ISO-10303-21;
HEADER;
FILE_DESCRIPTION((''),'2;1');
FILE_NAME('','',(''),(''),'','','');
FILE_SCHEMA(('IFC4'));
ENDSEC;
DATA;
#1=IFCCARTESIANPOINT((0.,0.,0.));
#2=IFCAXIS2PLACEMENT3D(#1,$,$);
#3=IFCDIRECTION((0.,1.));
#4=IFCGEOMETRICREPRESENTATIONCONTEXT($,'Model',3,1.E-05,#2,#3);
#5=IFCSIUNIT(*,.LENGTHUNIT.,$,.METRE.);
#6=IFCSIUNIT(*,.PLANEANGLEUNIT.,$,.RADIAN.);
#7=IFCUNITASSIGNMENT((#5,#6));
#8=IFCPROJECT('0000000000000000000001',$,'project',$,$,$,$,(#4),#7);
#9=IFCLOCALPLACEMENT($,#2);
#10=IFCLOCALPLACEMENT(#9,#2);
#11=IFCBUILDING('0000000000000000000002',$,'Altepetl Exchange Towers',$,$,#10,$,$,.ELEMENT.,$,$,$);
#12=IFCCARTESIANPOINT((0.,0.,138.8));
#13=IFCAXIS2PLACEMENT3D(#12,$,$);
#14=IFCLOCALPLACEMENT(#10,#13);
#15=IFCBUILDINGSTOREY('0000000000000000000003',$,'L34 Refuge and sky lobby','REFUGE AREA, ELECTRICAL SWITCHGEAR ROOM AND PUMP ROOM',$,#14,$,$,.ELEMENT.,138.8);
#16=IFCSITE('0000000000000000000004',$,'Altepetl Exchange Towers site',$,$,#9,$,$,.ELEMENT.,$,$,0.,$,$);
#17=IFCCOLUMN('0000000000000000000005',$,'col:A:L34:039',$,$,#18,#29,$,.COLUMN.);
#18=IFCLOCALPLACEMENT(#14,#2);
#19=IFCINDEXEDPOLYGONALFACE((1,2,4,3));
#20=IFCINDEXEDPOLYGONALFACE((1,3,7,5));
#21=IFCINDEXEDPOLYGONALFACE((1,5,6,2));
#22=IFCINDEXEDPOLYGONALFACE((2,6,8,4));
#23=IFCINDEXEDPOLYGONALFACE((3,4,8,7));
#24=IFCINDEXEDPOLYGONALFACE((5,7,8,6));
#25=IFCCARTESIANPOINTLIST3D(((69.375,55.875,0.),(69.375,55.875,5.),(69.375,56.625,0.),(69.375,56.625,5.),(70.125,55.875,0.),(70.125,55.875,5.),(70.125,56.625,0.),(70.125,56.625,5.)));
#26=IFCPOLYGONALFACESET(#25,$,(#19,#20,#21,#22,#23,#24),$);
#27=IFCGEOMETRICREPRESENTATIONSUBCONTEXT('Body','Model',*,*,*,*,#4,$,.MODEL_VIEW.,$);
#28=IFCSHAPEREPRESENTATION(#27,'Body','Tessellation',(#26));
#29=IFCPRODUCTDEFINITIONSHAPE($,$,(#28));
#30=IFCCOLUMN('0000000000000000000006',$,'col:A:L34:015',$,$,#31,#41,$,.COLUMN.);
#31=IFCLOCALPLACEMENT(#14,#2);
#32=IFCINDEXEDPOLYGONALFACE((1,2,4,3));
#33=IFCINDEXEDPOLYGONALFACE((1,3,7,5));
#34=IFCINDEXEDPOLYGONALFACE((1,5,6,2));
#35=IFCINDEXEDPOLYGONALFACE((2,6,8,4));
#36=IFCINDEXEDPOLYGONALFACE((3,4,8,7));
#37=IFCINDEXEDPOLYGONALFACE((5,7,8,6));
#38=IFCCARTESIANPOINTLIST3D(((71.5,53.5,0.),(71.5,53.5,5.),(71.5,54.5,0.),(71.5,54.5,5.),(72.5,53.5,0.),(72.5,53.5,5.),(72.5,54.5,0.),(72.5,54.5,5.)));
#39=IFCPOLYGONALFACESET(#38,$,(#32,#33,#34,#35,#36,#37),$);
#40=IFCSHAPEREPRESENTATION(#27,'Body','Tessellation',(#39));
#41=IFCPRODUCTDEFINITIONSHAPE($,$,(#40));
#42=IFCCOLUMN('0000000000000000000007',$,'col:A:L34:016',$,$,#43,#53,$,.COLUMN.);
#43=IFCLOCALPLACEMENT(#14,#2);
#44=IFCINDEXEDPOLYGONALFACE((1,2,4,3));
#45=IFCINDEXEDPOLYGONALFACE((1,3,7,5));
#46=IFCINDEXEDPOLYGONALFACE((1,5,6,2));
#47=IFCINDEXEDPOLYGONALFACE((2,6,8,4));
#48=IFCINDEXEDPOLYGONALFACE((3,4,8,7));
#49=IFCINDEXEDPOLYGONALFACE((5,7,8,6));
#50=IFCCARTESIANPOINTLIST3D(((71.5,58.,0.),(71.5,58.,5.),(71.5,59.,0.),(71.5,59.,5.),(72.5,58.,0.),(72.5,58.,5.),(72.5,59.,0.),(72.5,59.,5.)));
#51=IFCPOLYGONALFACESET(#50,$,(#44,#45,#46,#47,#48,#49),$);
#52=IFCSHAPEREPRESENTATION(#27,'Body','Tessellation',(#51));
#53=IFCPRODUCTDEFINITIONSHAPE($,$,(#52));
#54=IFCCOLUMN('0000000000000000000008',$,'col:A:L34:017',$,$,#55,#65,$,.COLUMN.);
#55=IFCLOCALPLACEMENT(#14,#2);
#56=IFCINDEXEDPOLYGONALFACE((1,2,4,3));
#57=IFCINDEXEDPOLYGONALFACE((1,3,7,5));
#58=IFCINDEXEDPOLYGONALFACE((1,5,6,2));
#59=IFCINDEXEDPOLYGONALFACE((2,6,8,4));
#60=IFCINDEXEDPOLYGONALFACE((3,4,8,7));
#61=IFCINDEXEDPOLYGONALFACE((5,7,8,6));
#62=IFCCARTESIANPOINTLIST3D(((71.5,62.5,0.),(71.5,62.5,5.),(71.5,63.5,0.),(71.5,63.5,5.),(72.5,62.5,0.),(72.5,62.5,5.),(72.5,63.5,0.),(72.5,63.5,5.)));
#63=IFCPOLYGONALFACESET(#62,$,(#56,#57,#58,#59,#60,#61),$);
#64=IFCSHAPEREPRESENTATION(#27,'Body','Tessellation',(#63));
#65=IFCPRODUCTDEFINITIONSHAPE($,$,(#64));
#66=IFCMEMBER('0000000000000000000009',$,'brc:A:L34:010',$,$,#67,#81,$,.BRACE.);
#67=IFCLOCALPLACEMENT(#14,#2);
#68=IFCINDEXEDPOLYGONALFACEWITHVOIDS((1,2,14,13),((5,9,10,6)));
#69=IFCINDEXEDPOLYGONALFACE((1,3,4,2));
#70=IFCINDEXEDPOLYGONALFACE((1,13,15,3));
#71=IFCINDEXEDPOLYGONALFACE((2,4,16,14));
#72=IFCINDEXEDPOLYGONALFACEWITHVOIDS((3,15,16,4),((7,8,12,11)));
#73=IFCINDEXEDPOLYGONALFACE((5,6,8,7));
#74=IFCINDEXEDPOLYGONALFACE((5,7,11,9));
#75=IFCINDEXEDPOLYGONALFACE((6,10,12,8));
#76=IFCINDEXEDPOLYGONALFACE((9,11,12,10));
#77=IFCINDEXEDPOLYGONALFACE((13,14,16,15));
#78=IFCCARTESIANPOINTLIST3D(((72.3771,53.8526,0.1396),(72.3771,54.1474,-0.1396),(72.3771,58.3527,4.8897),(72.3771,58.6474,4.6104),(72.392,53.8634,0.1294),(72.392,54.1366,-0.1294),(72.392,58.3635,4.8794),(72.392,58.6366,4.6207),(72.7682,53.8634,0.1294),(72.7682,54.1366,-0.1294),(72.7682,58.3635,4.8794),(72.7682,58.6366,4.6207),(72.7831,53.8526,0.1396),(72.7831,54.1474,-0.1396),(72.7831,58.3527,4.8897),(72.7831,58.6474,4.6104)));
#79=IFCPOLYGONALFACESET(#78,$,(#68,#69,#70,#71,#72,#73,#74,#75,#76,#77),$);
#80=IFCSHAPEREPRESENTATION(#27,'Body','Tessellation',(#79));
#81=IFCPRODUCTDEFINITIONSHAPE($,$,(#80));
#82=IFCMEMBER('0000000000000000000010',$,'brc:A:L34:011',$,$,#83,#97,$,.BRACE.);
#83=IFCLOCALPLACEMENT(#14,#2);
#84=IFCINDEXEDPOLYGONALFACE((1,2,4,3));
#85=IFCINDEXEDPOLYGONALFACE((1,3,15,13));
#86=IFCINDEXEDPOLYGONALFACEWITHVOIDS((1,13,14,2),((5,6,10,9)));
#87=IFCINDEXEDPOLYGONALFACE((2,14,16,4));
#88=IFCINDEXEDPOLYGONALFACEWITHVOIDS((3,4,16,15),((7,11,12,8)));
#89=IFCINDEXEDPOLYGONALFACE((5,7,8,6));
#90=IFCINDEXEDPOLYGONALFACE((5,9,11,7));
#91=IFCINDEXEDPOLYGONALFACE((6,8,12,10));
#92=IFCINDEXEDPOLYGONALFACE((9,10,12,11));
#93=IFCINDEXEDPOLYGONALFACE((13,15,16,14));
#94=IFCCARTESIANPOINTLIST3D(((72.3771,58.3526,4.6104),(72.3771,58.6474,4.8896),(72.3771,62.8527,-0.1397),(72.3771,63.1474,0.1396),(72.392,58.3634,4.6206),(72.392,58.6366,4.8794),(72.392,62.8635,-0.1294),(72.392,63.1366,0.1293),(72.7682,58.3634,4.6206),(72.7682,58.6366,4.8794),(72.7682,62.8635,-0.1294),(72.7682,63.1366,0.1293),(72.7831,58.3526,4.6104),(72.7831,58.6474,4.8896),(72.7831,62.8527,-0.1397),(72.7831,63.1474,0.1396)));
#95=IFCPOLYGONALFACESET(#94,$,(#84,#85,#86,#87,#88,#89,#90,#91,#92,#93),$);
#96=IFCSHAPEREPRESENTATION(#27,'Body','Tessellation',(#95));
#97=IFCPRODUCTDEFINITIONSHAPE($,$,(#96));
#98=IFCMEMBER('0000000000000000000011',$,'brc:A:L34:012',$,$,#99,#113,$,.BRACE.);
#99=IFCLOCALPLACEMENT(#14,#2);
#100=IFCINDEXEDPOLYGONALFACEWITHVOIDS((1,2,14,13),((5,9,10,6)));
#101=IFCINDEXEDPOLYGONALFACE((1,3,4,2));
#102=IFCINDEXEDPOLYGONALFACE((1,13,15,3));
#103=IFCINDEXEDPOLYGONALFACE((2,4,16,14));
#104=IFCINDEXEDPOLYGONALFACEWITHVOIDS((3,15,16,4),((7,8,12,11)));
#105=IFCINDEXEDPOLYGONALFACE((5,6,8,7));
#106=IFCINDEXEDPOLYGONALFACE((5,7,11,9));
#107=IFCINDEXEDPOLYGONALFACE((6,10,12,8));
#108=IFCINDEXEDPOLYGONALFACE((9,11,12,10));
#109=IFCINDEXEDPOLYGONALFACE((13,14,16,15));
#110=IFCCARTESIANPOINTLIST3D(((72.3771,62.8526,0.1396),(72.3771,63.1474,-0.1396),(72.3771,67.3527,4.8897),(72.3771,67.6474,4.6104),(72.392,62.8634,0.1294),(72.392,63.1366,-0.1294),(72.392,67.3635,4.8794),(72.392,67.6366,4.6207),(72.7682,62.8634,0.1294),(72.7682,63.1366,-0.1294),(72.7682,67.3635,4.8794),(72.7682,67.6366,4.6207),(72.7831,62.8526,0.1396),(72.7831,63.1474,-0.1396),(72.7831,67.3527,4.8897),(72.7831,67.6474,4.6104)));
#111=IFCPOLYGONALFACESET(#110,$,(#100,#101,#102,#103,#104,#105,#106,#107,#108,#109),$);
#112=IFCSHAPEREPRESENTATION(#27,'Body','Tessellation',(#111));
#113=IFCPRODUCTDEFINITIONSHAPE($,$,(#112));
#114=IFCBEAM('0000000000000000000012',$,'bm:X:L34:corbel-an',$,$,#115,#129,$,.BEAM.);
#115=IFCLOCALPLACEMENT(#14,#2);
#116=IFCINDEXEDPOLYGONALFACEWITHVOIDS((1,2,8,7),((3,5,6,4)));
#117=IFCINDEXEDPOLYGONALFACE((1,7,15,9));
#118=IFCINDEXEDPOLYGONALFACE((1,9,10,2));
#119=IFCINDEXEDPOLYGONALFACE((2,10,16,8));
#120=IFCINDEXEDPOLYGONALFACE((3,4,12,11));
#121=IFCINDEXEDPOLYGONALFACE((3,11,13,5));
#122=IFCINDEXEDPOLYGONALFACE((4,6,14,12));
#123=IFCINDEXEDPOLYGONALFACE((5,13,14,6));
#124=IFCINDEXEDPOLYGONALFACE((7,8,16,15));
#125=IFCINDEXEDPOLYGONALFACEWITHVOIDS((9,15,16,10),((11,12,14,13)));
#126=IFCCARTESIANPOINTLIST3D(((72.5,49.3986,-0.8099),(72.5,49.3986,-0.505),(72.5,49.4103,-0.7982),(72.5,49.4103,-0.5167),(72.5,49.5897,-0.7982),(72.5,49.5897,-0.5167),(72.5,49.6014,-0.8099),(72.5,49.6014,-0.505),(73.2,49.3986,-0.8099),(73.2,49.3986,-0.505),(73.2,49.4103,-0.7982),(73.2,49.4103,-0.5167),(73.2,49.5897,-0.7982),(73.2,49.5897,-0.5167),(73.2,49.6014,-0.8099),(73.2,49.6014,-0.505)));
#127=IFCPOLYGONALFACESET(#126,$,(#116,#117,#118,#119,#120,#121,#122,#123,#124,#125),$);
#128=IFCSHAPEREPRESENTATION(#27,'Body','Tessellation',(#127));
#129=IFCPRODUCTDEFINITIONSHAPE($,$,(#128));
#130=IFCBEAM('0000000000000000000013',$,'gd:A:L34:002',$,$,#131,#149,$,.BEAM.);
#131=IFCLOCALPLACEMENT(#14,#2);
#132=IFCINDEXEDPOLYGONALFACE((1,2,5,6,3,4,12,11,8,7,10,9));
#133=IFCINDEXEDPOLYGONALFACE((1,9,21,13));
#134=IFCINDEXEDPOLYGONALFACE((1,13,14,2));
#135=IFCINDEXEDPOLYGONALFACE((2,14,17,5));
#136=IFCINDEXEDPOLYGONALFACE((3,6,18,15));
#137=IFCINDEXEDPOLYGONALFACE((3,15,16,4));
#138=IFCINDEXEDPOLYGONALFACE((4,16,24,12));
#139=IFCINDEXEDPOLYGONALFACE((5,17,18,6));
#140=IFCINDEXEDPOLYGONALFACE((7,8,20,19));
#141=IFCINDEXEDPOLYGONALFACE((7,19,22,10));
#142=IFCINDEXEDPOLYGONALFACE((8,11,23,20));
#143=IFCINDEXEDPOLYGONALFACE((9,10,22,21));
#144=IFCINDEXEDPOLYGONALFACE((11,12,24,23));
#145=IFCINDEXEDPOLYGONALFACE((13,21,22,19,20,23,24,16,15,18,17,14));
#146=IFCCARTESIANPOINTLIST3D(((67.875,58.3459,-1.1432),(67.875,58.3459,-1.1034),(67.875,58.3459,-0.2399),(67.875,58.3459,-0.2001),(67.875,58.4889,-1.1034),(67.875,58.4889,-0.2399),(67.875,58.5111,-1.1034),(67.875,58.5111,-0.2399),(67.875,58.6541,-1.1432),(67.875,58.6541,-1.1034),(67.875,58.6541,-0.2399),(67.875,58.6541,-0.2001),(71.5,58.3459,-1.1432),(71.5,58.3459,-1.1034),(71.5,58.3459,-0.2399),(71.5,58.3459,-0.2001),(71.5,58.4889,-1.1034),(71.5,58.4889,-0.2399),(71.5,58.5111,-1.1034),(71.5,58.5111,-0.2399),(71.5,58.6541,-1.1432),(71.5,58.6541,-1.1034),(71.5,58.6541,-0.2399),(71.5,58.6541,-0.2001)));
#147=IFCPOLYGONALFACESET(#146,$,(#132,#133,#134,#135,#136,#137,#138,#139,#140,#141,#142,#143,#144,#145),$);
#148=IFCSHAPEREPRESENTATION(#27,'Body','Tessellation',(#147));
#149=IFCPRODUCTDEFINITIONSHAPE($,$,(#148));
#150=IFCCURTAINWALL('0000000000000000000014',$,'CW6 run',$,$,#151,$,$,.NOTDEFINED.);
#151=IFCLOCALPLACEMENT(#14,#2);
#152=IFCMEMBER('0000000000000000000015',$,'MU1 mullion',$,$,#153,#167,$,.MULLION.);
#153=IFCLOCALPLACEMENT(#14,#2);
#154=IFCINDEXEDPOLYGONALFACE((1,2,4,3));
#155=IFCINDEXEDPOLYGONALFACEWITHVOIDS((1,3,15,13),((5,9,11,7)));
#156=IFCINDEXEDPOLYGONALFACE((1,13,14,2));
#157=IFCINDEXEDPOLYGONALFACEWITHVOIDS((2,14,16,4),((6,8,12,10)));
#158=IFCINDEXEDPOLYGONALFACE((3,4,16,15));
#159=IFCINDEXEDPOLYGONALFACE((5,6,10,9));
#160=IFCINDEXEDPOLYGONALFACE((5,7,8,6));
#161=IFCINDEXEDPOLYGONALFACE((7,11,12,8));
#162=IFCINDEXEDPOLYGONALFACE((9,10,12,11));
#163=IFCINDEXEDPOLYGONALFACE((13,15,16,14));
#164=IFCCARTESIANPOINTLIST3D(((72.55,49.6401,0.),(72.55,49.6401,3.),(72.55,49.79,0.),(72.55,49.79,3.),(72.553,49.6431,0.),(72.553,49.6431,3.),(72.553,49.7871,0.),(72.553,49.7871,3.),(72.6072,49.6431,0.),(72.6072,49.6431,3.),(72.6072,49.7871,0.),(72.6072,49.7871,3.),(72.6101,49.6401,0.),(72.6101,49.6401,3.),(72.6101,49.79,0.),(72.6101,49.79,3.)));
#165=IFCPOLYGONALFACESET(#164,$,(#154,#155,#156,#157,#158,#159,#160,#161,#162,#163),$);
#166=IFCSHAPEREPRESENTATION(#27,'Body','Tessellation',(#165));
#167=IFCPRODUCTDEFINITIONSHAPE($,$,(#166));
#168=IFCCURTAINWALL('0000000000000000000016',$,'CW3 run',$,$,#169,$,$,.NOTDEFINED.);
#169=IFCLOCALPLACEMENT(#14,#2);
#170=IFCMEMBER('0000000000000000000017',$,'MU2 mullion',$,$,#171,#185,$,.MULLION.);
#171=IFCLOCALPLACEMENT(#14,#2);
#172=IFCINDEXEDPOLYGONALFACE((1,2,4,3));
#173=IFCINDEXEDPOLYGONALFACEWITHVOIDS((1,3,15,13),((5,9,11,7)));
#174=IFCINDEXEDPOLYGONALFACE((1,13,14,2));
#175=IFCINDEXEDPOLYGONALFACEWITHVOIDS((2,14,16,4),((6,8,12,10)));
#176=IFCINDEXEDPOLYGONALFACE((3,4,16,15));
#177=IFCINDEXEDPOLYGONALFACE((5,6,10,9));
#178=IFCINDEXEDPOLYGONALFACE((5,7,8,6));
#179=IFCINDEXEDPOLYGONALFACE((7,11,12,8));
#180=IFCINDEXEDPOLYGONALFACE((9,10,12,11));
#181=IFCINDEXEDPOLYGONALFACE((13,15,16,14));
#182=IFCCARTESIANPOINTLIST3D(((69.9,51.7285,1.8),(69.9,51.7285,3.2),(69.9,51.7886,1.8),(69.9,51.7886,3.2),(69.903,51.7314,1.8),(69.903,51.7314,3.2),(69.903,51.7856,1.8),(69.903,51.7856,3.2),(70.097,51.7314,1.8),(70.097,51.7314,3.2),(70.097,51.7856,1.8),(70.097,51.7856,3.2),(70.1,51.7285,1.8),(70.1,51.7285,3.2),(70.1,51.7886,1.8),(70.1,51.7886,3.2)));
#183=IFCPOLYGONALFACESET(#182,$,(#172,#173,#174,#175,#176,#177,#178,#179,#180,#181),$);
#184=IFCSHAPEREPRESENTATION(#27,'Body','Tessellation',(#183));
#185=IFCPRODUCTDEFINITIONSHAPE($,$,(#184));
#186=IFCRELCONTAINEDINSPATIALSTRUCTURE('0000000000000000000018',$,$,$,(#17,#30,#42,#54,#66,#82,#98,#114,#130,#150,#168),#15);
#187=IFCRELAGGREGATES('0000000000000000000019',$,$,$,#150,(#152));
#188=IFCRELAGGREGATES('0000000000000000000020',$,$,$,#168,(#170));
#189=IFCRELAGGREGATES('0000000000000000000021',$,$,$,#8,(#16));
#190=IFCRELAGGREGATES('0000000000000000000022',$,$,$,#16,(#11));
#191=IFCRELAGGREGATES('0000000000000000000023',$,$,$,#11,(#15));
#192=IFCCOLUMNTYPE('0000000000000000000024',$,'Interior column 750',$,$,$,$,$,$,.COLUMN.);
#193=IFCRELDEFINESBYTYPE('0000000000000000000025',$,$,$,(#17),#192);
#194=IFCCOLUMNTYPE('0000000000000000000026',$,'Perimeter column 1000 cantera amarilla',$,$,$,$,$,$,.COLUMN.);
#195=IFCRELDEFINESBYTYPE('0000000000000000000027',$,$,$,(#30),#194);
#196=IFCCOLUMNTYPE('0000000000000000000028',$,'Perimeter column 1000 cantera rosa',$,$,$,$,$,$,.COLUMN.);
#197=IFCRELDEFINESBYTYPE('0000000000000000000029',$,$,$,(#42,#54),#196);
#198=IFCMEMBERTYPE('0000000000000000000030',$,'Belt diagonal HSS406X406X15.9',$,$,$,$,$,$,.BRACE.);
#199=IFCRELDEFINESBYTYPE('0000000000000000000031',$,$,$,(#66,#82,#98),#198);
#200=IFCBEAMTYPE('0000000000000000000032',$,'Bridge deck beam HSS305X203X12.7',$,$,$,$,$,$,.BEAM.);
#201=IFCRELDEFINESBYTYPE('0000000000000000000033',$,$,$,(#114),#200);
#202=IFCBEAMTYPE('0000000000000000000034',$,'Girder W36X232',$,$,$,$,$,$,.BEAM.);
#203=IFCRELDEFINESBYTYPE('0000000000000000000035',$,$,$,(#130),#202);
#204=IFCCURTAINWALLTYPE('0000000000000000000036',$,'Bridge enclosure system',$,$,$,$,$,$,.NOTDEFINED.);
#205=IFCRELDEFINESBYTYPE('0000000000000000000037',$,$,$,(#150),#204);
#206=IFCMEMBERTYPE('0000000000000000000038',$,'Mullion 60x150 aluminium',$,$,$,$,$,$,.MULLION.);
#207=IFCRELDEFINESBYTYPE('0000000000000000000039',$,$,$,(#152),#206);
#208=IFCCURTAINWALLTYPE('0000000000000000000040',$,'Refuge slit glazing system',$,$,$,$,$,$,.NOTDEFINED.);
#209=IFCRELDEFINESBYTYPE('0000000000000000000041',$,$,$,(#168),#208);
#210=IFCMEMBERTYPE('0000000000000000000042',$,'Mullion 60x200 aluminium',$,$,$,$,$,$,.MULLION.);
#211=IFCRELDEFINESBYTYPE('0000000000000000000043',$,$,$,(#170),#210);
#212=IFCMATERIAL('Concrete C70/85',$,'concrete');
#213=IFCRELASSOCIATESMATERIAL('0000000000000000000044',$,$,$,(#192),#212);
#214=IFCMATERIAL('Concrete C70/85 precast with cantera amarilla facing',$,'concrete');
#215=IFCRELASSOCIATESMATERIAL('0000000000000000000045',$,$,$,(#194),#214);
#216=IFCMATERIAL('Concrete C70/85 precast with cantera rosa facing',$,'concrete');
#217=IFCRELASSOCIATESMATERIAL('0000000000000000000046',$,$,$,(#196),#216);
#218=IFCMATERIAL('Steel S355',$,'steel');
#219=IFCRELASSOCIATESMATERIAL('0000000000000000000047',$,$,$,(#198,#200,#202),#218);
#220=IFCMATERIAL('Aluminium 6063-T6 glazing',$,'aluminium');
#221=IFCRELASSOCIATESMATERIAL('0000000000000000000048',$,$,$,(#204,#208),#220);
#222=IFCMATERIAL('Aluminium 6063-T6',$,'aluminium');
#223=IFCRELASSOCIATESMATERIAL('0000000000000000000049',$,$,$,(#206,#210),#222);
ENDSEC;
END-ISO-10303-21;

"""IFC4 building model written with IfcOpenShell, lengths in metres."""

from ifc_helpers import new_model, si_unit, direction, frame, origin, origin_2d, place, context, subcontext, project, spatial, rectangle, hollow_rectangle, i_section, extrude, material, material_profile, profile_set, type_object, element, aggregate, save


model = new_model("IFC4")

# Units and contexts
model_context = context("Model", 3, precision=1e-05, world=origin(), true_north=direction((0.0, 1.0)))
body_context = subcontext(model_context, "Body", "Model", "MODEL_VIEW")
ifc_project = project(units=[si_unit("LENGTHUNIT", "METRE"), si_unit("PLANEANGLEUNIT", "RADIAN")], contexts=[model_context])

# Site, building, storey
site_placement = place(None, origin())
site = spatial("IfcSite", under=ifc_project, at=site_placement, Name="Altepetl Exchange Towers site", CompositionType="ELEMENT", RefElevation=0.0)
building_placement = place(site_placement, origin())
building = spatial("IfcBuilding", under=site, at=building_placement, Name="Altepetl Exchange Towers", CompositionType="ELEMENT")
storey_placement = place(building_placement, frame((0.0, 0.0, 138.8)))
storey = spatial("IfcBuildingStorey", under=building, at=storey_placement, Name="L34 Refuge and sky lobby", Description="REFUGE AREA, ELECTRICAL SWITCHGEAR ROOM AND PUMP ROOM", CompositionType="ELEMENT", Elevation=138.8)

# Columns
ifc_material_1 = material(Name="Concrete C70/85", Category="concrete")
ifc_material_profile_1 = material_profile(ifc_material_1, rectangle(XDim=0.75, YDim=0.75, at=origin_2d()), Name="750 x 750")
ifc_profile_set_1 = profile_set([ifc_material_profile_1], Name="Concrete C70/85")
column_type_1 = type_object("IfcColumnType", Name="Interior column 750", PredefinedType="COLUMN", material=ifc_profile_set_1)
column_1_placement = place(storey_placement, frame((69.75, 56.25, 0.0)))
element("IfcColumn", 1, at=column_1_placement, inside=storey, type_object=column_type_1, Name="col:A:L34:039", PredefinedType="COLUMN", context=body_context, shape_type="SweptSolid", body=[
    extrude(rectangle(XDim=0.75, YDim=0.75, at=origin_2d()), origin(), (0.0, 0.0, 1.0), 5.0),
])
ifc_material_2 = material(Name="Concrete C70/85 precast with cantera amarilla facing", Category="concrete")
ifc_material_profile_2 = material_profile(ifc_material_2, rectangle(XDim=1.0, YDim=1.0, at=origin_2d()), Name="1000 x 1000")
ifc_profile_set_2 = profile_set([ifc_material_profile_2], Name="Concrete C70/85 precast with cantera amarilla facing")
column_type_2 = type_object("IfcColumnType", Name="Perimeter column 1000 cantera amarilla", PredefinedType="COLUMN", material=ifc_profile_set_2)
column_2_placement = place(storey_placement, frame((72.0, 54.0, 0.0)))
element("IfcColumn", 2, at=column_2_placement, inside=storey, type_object=column_type_2, Name="col:A:L34:015", PredefinedType="COLUMN", context=body_context, shape_type="SweptSolid", body=[
    extrude(rectangle(XDim=1.0, YDim=1.0, at=origin_2d()), origin(), (0.0, 0.0, 1.0), 5.0),
])
ifc_material_3 = material(Name="Concrete C70/85 precast with cantera rosa facing", Category="concrete")
ifc_material_profile_3 = material_profile(ifc_material_3, rectangle(XDim=1.0, YDim=1.0, at=origin_2d()), Name="1000 x 1000")
ifc_profile_set_3 = profile_set([ifc_material_profile_3], Name="Concrete C70/85 precast with cantera rosa facing")
column_type_3 = type_object("IfcColumnType", Name="Perimeter column 1000 cantera rosa", PredefinedType="COLUMN", material=ifc_profile_set_3)
for number, where, name in (
    (3, (72.0, 58.5, 0.0), "col:A:L34:016"),
    (4, (72.0, 63.0, 0.0), "col:A:L34:017"),
):
    element("IfcColumn", number, at=place(storey_placement, frame(where)), inside=storey, type_object=column_type_3, Name=name, PredefinedType="COLUMN", context=body_context, shape_type="SweptSolid", body=[
        extrude(rectangle(XDim=1.0, YDim=1.0, at=origin_2d()), origin(), (0.0, 0.0, 1.0), 5.0),
    ])

# Members
ifc_material_4 = material(Name="Steel S355", Category="steel")
ifc_material_profile_4 = material_profile(ifc_material_4, hollow_rectangle(XDim=0.406, YDim=0.406, WallThickness=0.0149, at=origin_2d()), Name="HSS406X406X15.9")
ifc_profile_set_4 = profile_set([ifc_material_profile_4], Name="Steel S355")
member_type_1 = type_object("IfcMemberType", Name="Belt diagonal HSS406X406X15.9", PredefinedType="BRACE", material=ifc_profile_set_4)
for number, where, z_axis, x_axis, name in (
    (5, (72.5801, 54.0, 0.0), (0.0, 0.687745, 0.725953), (-1.0, 0.0, 0.0), "brc:A:L34:010"),
    (6, (72.5801, 58.5, 4.75), (0.0, 0.687745, -0.725953), (-1.0, 0.0, 0.0), "brc:A:L34:011"),
    (7, (72.5801, 63.0, 0.0), (0.0, 0.687745, 0.725953), (-1.0, 0.0, 0.0), "brc:A:L34:012"),
):
    element("IfcMember", number, at=place(storey_placement, frame(where, z_axis=z_axis, x_axis=x_axis)), inside=storey, type_object=member_type_1, Name=name, PredefinedType="BRACE", context=body_context, shape_type="SweptSolid", body=[
        extrude(hollow_rectangle(XDim=0.406, YDim=0.406, WallThickness=0.0149, at=origin_2d()), origin(), (0.0, 0.0, 1.0), 6.5432),
    ])

# Beams
ifc_material_profile_5 = material_profile(ifc_material_4, hollow_rectangle(XDim=0.2029, YDim=0.3049, WallThickness=0.0117, at=origin_2d()), Name="HSS305X203X12.7")
ifc_profile_set_5 = profile_set([ifc_material_profile_5], Name="Steel S355")
beam_type_1 = type_object("IfcBeamType", Name="Bridge deck beam HSS305X203X12.7", PredefinedType="BEAM", material=ifc_profile_set_5)
beam_1_placement = place(storey_placement, frame((72.5, 49.5, -0.6575), z_axis=(1.0, 0.0, 0.0), x_axis=(0.0, 1.0, 0.0)))
element("IfcBeam", 8, at=beam_1_placement, inside=storey, type_object=beam_type_1, Name="bm:X:L34:corbel-an", PredefinedType="BEAM", context=body_context, shape_type="SweptSolid", body=[
    extrude(hollow_rectangle(XDim=0.2029, YDim=0.3049, WallThickness=0.0117, at=origin_2d()), origin(), (0.0, 0.0, 1.0), 0.7),
])
ifc_material_profile_6 = material_profile(ifc_material_4, i_section(OverallWidth=0.3081, OverallDepth=0.9431, WebThickness=0.0222, FlangeThickness=0.0398, at=origin_2d()), Name="W36X232")
ifc_profile_set_6 = profile_set([ifc_material_profile_6], Name="Steel S355")
beam_type_2 = type_object("IfcBeamType", Name="Girder W36X232", PredefinedType="BEAM", material=ifc_profile_set_6)
beam_2_placement = place(storey_placement, frame((67.875, 58.5, -0.6716), z_axis=(1.0, 0.0, 0.0), x_axis=(0.0, 1.0, 0.0)))
element("IfcBeam", 9, at=beam_2_placement, inside=storey, type_object=beam_type_2, Name="gd:A:L34:002", PredefinedType="BEAM", context=body_context, shape_type="SweptSolid", body=[
    extrude(i_section(OverallWidth=0.3081, OverallDepth=0.9431, WebThickness=0.0222, FlangeThickness=0.0398, at=origin_2d()), origin(), (0.0, 0.0, 1.0), 3.625),
])

# Curtain wall, member
ifc_material_5 = material(Name="Aluminium 6063-T6 glazing", Category="aluminium")
curtain_wall_type_1 = type_object("IfcCurtainWallType", Name="Bridge enclosure system", PredefinedType="NOTDEFINED", material=ifc_material_5)
curtain_wall_1_placement = place(storey_placement, origin())
curtain_wall_1 = element("IfcCurtainWall", 10, at=curtain_wall_1_placement, inside=storey, type_object=curtain_wall_type_1, Name="CW6 run", PredefinedType="NOTDEFINED")
ifc_material_6 = material(Name="Aluminium 6063-T6", Category="aluminium")
ifc_material_profile_7 = material_profile(ifc_material_6, hollow_rectangle(XDim=0.0601, YDim=0.1499, WallThickness=0.0029, at=origin_2d()), Name="Mullion 60x150 aluminium")
ifc_profile_set_7 = profile_set([ifc_material_profile_7], Name="Aluminium 6063-T6")
member_type_2 = type_object("IfcMemberType", Name="Mullion 60x150 aluminium", PredefinedType="MULLION", material=ifc_profile_set_7)
member_1_placement = place(storey_placement, frame((72.5801, 49.7151, 0.0)))
member_1 = element("IfcMember", 11, at=member_1_placement, type_object=member_type_2, Name="MU1 mullion", PredefinedType="MULLION", context=body_context, shape_type="SweptSolid", body=[
    extrude(hollow_rectangle(XDim=0.0601, YDim=0.1499, WallThickness=0.0029, at=origin_2d()), origin(), (0.0, 0.0, 1.0), 3.0),
])
aggregate(curtain_wall_1, [member_1])

# Curtain wall, member
curtain_wall_type_2 = type_object("IfcCurtainWallType", Name="Refuge slit glazing system", PredefinedType="NOTDEFINED", material=ifc_material_5)
curtain_wall_2_placement = place(storey_placement, origin())
curtain_wall_2 = element("IfcCurtainWall", 12, at=curtain_wall_2_placement, inside=storey, type_object=curtain_wall_type_2, Name="CW3 run", PredefinedType="NOTDEFINED")
ifc_material_profile_8 = material_profile(ifc_material_6, hollow_rectangle(XDim=0.0601, YDim=0.2, WallThickness=0.0029, at=origin_2d()), Name="Mullion 60x200 aluminium")
ifc_profile_set_8 = profile_set([ifc_material_profile_8], Name="Aluminium 6063-T6")
member_type_3 = type_object("IfcMemberType", Name="Mullion 60x200 aluminium", PredefinedType="MULLION", material=ifc_profile_set_8)
member_2_placement = place(storey_placement, frame((70.0, 51.7585, 1.8), z_axis=(0.0, 0.0, 1.0), x_axis=(0.0, 1.0, 0.0)))
member_2 = element("IfcMember", 13, at=member_2_placement, type_object=member_type_3, Name="MU2 mullion", PredefinedType="MULLION", context=body_context, shape_type="SweptSolid", body=[
    extrude(hollow_rectangle(XDim=0.0601, YDim=0.2, WallThickness=0.0029, at=origin_2d()), origin(), (0.0, 0.0, 1.0), 1.3999),
])

aggregate(curtain_wall_2, [member_2])

save(model, "model.ifc")
